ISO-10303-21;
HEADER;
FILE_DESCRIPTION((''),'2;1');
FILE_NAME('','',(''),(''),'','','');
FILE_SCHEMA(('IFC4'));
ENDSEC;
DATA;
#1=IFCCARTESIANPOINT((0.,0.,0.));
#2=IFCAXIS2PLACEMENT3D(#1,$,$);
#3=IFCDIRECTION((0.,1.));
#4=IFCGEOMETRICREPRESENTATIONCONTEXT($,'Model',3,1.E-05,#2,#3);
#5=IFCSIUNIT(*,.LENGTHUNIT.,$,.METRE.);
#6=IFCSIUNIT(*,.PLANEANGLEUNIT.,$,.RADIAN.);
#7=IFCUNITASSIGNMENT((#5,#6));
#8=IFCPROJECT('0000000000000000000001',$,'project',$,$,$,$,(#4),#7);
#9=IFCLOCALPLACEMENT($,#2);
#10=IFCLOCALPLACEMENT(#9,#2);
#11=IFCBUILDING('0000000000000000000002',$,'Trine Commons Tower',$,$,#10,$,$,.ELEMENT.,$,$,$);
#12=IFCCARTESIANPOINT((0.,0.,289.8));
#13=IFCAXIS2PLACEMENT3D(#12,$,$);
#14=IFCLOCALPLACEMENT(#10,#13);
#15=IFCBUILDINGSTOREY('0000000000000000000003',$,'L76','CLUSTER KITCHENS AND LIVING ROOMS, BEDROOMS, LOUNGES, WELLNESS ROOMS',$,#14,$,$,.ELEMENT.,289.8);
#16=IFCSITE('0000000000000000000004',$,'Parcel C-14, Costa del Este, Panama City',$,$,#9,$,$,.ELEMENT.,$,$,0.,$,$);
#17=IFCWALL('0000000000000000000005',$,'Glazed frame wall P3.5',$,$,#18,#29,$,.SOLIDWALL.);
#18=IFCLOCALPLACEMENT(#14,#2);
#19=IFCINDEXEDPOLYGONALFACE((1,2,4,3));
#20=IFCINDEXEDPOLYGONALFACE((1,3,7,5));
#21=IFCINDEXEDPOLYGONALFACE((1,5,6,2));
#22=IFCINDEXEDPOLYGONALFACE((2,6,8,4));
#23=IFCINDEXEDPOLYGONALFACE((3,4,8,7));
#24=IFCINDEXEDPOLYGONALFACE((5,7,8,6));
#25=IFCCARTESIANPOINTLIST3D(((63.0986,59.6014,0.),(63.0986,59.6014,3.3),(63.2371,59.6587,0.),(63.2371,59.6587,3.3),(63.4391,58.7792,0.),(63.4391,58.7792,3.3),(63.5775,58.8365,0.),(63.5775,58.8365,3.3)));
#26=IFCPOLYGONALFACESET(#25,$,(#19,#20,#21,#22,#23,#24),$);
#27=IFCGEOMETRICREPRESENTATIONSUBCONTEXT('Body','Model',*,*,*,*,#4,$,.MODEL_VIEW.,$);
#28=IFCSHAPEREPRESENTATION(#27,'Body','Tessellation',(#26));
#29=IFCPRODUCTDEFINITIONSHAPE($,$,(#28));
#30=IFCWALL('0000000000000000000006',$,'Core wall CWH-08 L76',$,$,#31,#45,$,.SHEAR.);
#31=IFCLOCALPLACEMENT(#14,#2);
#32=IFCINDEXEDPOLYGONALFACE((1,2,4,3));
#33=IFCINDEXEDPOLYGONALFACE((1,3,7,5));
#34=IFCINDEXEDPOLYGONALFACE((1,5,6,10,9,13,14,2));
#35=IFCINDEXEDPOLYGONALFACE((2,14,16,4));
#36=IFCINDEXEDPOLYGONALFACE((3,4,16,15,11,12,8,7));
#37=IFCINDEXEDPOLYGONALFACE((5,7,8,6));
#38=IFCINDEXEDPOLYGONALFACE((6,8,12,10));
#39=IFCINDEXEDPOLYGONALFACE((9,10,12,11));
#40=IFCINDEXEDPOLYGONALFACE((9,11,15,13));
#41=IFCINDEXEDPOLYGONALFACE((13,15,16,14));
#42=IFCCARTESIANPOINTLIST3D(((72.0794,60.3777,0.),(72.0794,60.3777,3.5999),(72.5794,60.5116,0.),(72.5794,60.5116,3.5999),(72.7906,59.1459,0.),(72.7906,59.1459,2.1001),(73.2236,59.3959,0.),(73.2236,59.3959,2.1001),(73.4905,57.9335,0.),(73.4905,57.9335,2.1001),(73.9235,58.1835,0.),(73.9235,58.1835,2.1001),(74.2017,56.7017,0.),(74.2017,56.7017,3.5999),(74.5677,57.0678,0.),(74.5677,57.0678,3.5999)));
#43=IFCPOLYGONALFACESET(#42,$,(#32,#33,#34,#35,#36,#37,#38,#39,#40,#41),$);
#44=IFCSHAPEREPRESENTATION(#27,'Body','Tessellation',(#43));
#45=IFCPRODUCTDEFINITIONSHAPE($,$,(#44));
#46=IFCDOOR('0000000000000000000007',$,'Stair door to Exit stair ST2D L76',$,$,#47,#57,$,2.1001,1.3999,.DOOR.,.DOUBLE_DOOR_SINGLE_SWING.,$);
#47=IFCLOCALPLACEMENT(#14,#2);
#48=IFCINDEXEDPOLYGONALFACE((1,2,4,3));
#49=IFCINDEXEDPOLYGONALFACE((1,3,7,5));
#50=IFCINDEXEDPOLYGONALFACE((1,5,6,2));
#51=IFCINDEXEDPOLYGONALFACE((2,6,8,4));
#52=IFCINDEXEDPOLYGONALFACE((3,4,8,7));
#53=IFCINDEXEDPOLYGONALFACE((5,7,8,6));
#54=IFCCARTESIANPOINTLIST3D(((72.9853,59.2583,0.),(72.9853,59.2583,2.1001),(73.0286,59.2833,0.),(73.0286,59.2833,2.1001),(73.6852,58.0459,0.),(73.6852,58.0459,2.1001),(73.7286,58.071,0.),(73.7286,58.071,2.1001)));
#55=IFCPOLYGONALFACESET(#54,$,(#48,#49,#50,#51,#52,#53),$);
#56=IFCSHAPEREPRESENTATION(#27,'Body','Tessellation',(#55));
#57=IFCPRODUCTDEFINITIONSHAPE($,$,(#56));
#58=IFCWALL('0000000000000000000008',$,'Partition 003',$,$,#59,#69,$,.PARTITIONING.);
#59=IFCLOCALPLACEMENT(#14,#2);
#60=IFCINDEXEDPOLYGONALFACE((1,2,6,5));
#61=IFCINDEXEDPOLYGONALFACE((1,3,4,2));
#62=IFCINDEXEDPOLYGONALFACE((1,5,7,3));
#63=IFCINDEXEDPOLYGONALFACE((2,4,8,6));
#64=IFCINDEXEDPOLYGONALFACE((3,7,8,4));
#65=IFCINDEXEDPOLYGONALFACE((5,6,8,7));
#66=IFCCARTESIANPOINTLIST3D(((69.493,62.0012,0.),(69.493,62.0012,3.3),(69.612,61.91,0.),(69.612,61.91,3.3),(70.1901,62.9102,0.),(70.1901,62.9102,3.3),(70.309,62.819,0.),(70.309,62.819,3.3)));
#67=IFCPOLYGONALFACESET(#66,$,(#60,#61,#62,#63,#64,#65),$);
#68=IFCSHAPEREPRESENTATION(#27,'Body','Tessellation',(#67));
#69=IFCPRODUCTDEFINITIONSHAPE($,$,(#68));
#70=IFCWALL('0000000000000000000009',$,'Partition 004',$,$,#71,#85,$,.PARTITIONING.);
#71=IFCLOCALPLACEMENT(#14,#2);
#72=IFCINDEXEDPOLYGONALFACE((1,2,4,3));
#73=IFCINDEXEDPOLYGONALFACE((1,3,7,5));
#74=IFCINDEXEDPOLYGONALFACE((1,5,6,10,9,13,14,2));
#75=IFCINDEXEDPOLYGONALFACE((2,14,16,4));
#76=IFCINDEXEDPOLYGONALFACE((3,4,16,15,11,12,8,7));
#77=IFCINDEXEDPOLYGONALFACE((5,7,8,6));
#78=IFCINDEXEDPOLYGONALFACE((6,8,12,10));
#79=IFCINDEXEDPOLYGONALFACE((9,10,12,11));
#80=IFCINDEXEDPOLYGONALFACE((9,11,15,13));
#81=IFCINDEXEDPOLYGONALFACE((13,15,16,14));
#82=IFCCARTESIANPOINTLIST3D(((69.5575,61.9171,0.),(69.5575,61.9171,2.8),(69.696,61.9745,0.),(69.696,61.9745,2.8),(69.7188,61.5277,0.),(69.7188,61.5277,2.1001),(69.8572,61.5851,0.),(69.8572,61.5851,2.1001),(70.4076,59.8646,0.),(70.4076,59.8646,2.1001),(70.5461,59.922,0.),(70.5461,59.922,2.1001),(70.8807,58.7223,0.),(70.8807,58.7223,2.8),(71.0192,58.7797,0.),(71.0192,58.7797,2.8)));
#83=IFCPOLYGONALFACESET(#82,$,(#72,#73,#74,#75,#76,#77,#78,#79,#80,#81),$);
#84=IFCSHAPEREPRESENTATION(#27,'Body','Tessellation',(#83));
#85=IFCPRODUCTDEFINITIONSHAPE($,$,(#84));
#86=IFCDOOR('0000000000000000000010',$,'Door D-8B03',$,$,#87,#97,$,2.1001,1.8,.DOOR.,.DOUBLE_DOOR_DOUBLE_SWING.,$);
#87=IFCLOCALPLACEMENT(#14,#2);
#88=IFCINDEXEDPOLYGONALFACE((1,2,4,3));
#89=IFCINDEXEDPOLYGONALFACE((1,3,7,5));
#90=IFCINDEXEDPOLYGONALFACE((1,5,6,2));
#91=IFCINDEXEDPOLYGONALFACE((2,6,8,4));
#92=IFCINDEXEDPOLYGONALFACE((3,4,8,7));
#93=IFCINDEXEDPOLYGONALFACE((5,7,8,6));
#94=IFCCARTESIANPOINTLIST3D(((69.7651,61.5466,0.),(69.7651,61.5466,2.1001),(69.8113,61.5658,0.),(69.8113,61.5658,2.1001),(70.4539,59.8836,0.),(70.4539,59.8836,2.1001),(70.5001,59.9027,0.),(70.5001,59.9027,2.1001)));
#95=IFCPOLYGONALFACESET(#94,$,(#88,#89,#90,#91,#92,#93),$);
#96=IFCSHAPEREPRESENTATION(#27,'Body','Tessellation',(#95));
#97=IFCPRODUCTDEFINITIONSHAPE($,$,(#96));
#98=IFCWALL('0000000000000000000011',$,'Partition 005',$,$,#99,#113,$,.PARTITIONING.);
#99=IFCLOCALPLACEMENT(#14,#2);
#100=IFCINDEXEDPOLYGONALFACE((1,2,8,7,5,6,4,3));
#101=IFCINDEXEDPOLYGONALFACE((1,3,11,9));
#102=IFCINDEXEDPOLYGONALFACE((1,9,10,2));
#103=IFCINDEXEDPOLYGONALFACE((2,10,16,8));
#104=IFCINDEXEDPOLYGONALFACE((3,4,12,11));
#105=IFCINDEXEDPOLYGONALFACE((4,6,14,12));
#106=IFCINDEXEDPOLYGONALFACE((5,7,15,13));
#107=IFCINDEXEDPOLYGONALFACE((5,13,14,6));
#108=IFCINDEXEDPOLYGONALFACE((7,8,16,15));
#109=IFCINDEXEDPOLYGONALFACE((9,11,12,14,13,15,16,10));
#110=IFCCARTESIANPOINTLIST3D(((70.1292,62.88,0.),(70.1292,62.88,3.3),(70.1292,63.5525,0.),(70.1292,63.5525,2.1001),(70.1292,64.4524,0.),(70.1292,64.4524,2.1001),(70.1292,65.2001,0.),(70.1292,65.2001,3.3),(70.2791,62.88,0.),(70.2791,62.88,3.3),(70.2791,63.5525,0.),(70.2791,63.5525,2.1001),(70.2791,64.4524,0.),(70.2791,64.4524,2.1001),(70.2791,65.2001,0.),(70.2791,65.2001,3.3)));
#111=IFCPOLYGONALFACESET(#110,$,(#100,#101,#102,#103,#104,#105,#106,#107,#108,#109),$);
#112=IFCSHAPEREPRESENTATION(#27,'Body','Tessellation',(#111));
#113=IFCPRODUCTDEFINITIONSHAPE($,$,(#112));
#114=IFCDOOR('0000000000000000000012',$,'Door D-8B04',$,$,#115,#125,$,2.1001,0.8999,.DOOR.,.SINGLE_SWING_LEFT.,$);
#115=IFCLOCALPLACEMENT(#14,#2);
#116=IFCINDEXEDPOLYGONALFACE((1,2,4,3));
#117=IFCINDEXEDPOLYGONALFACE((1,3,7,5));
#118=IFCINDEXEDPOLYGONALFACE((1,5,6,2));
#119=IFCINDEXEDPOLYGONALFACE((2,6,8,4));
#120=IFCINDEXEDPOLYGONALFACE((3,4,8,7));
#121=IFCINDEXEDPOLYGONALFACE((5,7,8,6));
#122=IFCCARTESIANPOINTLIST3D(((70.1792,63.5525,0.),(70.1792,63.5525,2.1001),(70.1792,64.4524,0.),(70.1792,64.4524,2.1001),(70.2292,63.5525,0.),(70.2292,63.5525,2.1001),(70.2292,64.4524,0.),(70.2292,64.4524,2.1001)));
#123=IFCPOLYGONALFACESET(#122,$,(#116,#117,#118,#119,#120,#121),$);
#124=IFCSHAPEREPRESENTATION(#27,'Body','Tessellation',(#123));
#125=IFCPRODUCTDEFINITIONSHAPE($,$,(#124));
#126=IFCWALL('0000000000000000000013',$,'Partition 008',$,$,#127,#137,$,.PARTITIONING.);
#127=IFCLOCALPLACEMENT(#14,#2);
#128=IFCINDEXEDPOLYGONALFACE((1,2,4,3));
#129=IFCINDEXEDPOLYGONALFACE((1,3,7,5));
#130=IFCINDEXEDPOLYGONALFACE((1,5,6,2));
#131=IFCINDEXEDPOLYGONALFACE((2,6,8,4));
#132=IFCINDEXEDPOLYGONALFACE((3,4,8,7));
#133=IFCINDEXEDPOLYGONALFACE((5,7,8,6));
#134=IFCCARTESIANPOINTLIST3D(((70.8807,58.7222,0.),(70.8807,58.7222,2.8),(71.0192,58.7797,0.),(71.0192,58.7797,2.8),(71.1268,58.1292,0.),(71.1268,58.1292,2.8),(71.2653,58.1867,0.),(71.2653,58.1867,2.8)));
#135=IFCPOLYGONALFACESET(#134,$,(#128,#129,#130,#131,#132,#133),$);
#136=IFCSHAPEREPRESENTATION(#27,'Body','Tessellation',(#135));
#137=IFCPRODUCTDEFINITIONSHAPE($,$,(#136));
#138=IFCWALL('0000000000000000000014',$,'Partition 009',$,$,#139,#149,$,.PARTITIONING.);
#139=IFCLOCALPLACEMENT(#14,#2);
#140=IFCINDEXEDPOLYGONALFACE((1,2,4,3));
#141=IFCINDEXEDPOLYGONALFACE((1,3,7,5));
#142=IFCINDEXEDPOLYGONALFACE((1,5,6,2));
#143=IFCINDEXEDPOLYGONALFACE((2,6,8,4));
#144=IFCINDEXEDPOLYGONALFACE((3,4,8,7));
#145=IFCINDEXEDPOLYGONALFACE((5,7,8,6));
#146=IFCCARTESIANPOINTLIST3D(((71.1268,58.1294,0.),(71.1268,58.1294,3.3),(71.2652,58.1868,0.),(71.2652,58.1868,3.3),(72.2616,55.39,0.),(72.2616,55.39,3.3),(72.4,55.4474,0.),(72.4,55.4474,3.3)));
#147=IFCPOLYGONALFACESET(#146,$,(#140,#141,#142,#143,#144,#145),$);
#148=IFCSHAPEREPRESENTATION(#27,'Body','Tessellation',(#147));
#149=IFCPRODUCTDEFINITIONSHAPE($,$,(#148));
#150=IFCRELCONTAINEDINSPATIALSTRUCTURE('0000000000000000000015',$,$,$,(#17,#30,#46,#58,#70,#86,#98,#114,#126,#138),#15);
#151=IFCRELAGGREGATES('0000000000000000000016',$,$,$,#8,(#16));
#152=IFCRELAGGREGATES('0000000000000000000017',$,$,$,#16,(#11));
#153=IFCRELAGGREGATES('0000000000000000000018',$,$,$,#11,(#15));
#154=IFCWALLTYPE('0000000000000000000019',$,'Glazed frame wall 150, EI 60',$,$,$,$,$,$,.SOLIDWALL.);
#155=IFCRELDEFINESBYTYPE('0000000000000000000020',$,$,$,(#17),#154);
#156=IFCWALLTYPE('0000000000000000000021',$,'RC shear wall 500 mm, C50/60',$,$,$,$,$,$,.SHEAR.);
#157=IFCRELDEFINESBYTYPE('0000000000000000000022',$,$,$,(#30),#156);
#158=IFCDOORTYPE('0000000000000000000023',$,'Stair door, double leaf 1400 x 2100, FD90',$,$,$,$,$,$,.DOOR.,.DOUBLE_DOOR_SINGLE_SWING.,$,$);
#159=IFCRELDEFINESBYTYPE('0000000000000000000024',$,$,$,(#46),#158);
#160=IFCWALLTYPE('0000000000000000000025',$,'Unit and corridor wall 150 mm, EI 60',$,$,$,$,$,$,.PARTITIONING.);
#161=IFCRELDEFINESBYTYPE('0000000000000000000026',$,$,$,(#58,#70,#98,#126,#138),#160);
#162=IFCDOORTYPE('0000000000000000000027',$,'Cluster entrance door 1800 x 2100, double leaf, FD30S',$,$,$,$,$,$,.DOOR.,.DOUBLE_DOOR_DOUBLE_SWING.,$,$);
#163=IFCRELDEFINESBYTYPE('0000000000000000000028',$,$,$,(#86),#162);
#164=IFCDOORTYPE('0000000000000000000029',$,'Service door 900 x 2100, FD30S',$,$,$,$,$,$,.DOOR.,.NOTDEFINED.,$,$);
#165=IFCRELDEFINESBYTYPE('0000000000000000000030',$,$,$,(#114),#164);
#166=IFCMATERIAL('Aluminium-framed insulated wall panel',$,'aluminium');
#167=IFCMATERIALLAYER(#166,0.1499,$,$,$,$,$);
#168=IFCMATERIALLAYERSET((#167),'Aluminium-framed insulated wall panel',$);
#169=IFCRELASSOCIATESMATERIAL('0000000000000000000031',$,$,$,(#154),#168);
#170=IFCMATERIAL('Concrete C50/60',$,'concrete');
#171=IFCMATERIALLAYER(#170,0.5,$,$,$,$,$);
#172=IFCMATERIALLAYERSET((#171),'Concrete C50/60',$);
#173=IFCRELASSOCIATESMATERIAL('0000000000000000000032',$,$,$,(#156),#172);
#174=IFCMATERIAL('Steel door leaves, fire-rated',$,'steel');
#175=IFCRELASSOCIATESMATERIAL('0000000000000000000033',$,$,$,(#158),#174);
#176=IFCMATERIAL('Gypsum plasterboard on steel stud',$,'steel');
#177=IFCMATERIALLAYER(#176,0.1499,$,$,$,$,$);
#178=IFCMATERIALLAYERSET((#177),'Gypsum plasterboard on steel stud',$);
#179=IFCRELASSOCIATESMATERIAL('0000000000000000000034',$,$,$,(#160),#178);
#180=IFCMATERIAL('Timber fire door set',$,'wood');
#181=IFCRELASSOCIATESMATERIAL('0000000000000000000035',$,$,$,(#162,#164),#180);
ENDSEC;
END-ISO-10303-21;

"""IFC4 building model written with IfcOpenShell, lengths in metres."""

from ifc_helpers import new_model, si_unit, direction, frame, frame_2d, origin, place, context, subcontext, project, spatial, polyline, rectangle, outline, extrude, material, layer, layer_set, type_object, element, fill, save


model = new_model("IFC4")

# Units and contexts
model_context = context("Model", 3, precision=1e-05, world=origin(), true_north=direction((0.0, 1.0)))
body_context = subcontext(model_context, "Body", "Model", "MODEL_VIEW")
ifc_project = project(units=[si_unit("LENGTHUNIT", "METRE"), si_unit("PLANEANGLEUNIT", "RADIAN")], contexts=[model_context])

# Site, building, storey
site_placement = place(None, origin())
site = spatial("IfcSite", under=ifc_project, at=site_placement, Name="Parcel C-14, Costa del Este, Panama City", CompositionType="ELEMENT", RefElevation=0.0)
building_placement = place(site_placement, origin())
building = spatial("IfcBuilding", under=site, at=building_placement, Name="Trine Commons Tower", CompositionType="ELEMENT")
storey_placement = place(building_placement, frame((0.0, 0.0, 289.8)))
storey = spatial("IfcBuildingStorey", under=building, at=storey_placement, Name="L76", Description="CLUSTER KITCHENS AND LIVING ROOMS, BEDROOMS, LOUNGES, WELLNESS ROOMS", CompositionType="ELEMENT", Elevation=289.8)

# Shared definitions
ifc_material_1 = material(Name="Concrete C50/60", Category="concrete")

# Shared definitions
ifc_material_2 = material(Name="Aluminium-framed insulated wall panel", Category="aluminium")
ifc_layer_1 = layer(ifc_material_2, 0.1499)
ifc_layer_set_1 = layer_set([ifc_layer_1], Name="Aluminium-framed insulated wall panel")
wall_type_1 = type_object("IfcWallType", Name="Glazed frame wall 150, EI 60", PredefinedType="SOLIDWALL", material=ifc_layer_set_1)

# Wall
wall_1_placement = place(storey_placement, frame((63.5083, 58.8079, 0.0), z_axis=(0.0, 0.0, 1.0), x_axis=(-0.382603, 0.923913, 0.0)))
element("IfcWall", 1, at=wall_1_placement, inside=storey, type_object=wall_type_1, Name="Glazed frame wall P3.5", PredefinedType="SOLIDWALL", context=body_context, shape_type="SweptSolid", body=[
    extrude(outline(polyline([(0.8899, 0.075), (0.0, 0.075), (0.0, -0.075), (0.8899, -0.075), (0.8899, 0.075)])), origin(), (0.0, 0.0, 1.0), 3.3),
])

# Wall, opening, door
ifc_layer_2 = layer(ifc_material_1, 0.5)
ifc_layer_set_2 = layer_set([ifc_layer_2], Name="Concrete C50/60")
wall_type_2 = type_object("IfcWallType", Name="RC shear wall 500 mm, C50/60", PredefinedType="SHEAR", material=ifc_layer_set_2)
wall_2_placement = place(storey_placement, frame((72.2959, 60.5027, 0.0), z_axis=(0.0, 0.0, 1.0), x_axis=(0.499993, -0.866029, 0.0)))
wall_2 = element("IfcWall", 2, at=wall_2_placement, inside=storey, type_object=wall_type_2, Name="Core wall CWH-08 L76", PredefinedType="SHEAR", context=body_context, shape_type="SweptSolid", body=[
    extrude(outline(polyline([(0.0, -0.25), (4.2446, -0.25), (4.1106, 0.25), (0.134, 0.25), (0.0, -0.25)])), origin(), (0.0, 0.0, 1.0), 3.5999),
])
opening_1_placement = place(wall_2_placement, frame((1.4224, 0.0, 0.0)))
opening_1 = element("IfcOpeningElement", 3, at=opening_1_placement, cuts=wall_2, PredefinedType="OPENING", context=body_context, shape_type="SweptSolid", body=[
    extrude(rectangle(XDim=1.3999, YDim=2.1001, at=frame_2d((0.7, 1.05))), frame((0.0, 0.26, 0.0), z_axis=(0.0, -1.0, 0.0), x_axis=(1.0, 0.0, 0.0)), (0.0, 0.0, 1.0), 0.52),
])
ifc_material_3 = material(Name="Steel door leaves, fire-rated", Category="steel")
door_type_1 = type_object("IfcDoorType", Name="Stair door, double leaf 1400 x 2100, FD90", OperationType="DOUBLE_DOOR_SINGLE_SWING", PredefinedType="DOOR", material=ifc_material_3)
door_1_placement = place(opening_1_placement, origin())
door_1 = element("IfcDoor", 4, at=door_1_placement, inside=storey, type_object=door_type_1, Name="Stair door to Exit stair ST2D L76", OperationType="DOUBLE_DOOR_SINGLE_SWING", OverallHeight=2.1001, OverallWidth=1.3999, PredefinedType="DOOR", context=body_context, shape_type="SweptSolid", body=[
    extrude(rectangle(XDim=1.3999, YDim=2.1001, at=frame_2d((0.7, 1.05))), frame((0.0, 0.0249, 0.0), z_axis=(0.0, -1.0, 0.0), x_axis=(1.0, 0.0, 0.0)), (0.0, 0.0, 1.0), 0.05),
])
fill(opening_1, door_1)

# Wall
ifc_material_4 = material(Name="Gypsum plasterboard on steel stud", Category="steel")
ifc_layer_3 = layer(ifc_material_4, 0.1499)
ifc_layer_set_3 = layer_set([ifc_layer_3], Name="Gypsum plasterboard on steel stud")
wall_type_3 = type_object("IfcWallType", Name="Unit and corridor wall 150 mm, EI 60", PredefinedType="PARTITIONING", material=ifc_layer_set_3)
wall_3_placement = place(storey_placement, frame((69.5525, 61.9556, 0.0), z_axis=(0.0, 0.0, 1.0), x_axis=(0.608526, 0.793534, 0.0)))
element("IfcWall", 5, at=wall_3_placement, inside=storey, type_object=wall_type_3, Name="Partition 003", PredefinedType="PARTITIONING", context=body_context, shape_type="SweptSolid", body=[
    extrude(rectangle(XDim=1.1455, YDim=0.1499, at=frame_2d((0.5728, 0.0))), origin(), (0.0, 0.0, 1.0), 3.3),
])

# Walls, openings, doors
wall_4_placement = place(storey_placement, frame((69.6267, 61.9458, 0.0), z_axis=(0.0, 0.0, 1.0), x_axis=(0.382659, -0.923889, 0.0)))
wall_4 = element("IfcWall", 6, at=wall_4_placement, inside=storey, type_object=wall_type_3, Name="Partition 004", PredefinedType="PARTITIONING", context=body_context, shape_type="SweptSolid", body=[
    extrude(rectangle(XDim=3.458, YDim=0.1499, at=frame_2d((1.729, 0.0))), origin(), (0.0, 0.0, 1.0), 2.8),
])
opening_2_placement = place(wall_4_placement, frame((0.4216, 0.0, 0.0)))
opening_2 = element("IfcOpeningElement", 7, at=opening_2_placement, cuts=wall_4, PredefinedType="OPENING", context=body_context, shape_type="SweptSolid", body=[
    extrude(rectangle(XDim=1.8, YDim=2.1001, at=frame_2d((0.8999, 1.05))), frame((0.0, 0.085, 0.0), z_axis=(0.0, -1.0, 0.0), x_axis=(1.0, 0.0, 0.0)), (0.0, 0.0, 1.0), 0.1699),
])
ifc_material_5 = material(Name="Timber fire door set", Category="wood")
door_type_2 = type_object("IfcDoorType", Name="Cluster entrance door 1800 x 2100, double leaf, FD30S", OperationType="DOUBLE_DOOR_DOUBLE_SWING", PredefinedType="DOOR", material=ifc_material_5)
door_2_placement = place(opening_2_placement, frame((1.8, 0.0, 0.0), z_axis=(0.0, 0.0, 1.0), x_axis=(-1.0, 0.0, 0.0)))
door_2 = element("IfcDoor", 8, at=door_2_placement, inside=storey, type_object=door_type_2, Name="Door D-8B03", OperationType="DOUBLE_DOOR_DOUBLE_SWING", OverallHeight=2.1001, OverallWidth=1.8, PredefinedType="DOOR", context=body_context, shape_type="SweptSolid", body=[
    extrude(rectangle(XDim=1.8, YDim=2.1001, at=frame_2d((0.8999, 1.05))), frame((0.0, 0.0249, 0.0), z_axis=(0.0, -1.0, 0.0), x_axis=(1.0, 0.0, 0.0)), (0.0, 0.0, 1.0), 0.05),
])
fill(opening_2, door_2)
wall_5_placement = place(storey_placement, frame((70.2041, 62.8799, 0.0), z_axis=(0.0, 0.0, 1.0), x_axis=(0.0, 1.0, 0.0)))
wall_5 = element("IfcWall", 9, at=wall_5_placement, inside=storey, type_object=wall_type_3, Name="Partition 005", PredefinedType="PARTITIONING", context=body_context, shape_type="SweptSolid", body=[
    extrude(rectangle(XDim=2.3201, YDim=0.1499, at=frame_2d((1.1602, 0.0))), origin(), (0.0, 0.0, 1.0), 3.3),
])
opening_3_placement = place(wall_5_placement, frame((0.6726, 0.0, 0.0)))
opening_3 = element("IfcOpeningElement", 10, at=opening_3_placement, cuts=wall_5, PredefinedType="OPENING", context=body_context, shape_type="SweptSolid", body=[
    extrude(rectangle(XDim=0.8999, YDim=2.1001, at=frame_2d((0.45, 1.05))), frame((0.0, 0.085, 0.0), z_axis=(0.0, -1.0, 0.0), x_axis=(1.0, 0.0, 0.0)), (0.0, 0.0, 1.0), 0.1699),
])
door_type_3 = type_object("IfcDoorType", Name="Service door 900 x 2100, FD30S", OperationType="NOTDEFINED", PredefinedType="DOOR", material=ifc_material_5)
door_3_placement = place(opening_3_placement, origin())
door_3 = element("IfcDoor", 11, at=door_3_placement, inside=storey, type_object=door_type_3, Name="Door D-8B04", OperationType="SINGLE_SWING_LEFT", OverallHeight=2.1001, OverallWidth=0.8999, PredefinedType="DOOR", context=body_context, shape_type="SweptSolid", body=[
    extrude(rectangle(XDim=0.8999, YDim=2.1001, at=frame_2d((0.45, 1.05))), frame((0.0, 0.0249, 0.0), z_axis=(0.0, -1.0, 0.0), x_axis=(1.0, 0.0, 0.0)), (0.0, 0.0, 1.0), 0.05),
])
fill(opening_3, door_3)

# Walls
wall_6_placement = place(storey_placement, frame((70.95, 58.751, 0.0), z_axis=(0.0, 0.0, 1.0), x_axis=(0.383292, -0.923627, 0.0)))
element("IfcWall", 12, at=wall_6_placement, inside=storey, type_object=wall_type_3, Name="Partition 008", PredefinedType="PARTITIONING", context=body_context, shape_type="SweptSolid", body=[
    extrude(rectangle(XDim=0.6421, YDim=0.1499, at=frame_2d((0.321, 0.0))), origin(), (0.0, 0.0, 1.0), 2.8),
])
wall_7_placement = place(storey_placement, frame((71.196, 58.158, 0.0), z_axis=(0.0, 0.0, 1.0), x_axis=(0.38272, -0.923864, 0.0)))
element("IfcWall", 13, at=wall_7_placement, inside=storey, type_object=wall_type_3, Name="Partition 009", PredefinedType="PARTITIONING", context=body_context, shape_type="SweptSolid", body=[
    extrude(rectangle(XDim=2.9651, YDim=0.1499, at=frame_2d((1.4824, 0.0))), origin(), (0.0, 0.0, 1.0), 3.3),
])

save(model, "model.ifc")
